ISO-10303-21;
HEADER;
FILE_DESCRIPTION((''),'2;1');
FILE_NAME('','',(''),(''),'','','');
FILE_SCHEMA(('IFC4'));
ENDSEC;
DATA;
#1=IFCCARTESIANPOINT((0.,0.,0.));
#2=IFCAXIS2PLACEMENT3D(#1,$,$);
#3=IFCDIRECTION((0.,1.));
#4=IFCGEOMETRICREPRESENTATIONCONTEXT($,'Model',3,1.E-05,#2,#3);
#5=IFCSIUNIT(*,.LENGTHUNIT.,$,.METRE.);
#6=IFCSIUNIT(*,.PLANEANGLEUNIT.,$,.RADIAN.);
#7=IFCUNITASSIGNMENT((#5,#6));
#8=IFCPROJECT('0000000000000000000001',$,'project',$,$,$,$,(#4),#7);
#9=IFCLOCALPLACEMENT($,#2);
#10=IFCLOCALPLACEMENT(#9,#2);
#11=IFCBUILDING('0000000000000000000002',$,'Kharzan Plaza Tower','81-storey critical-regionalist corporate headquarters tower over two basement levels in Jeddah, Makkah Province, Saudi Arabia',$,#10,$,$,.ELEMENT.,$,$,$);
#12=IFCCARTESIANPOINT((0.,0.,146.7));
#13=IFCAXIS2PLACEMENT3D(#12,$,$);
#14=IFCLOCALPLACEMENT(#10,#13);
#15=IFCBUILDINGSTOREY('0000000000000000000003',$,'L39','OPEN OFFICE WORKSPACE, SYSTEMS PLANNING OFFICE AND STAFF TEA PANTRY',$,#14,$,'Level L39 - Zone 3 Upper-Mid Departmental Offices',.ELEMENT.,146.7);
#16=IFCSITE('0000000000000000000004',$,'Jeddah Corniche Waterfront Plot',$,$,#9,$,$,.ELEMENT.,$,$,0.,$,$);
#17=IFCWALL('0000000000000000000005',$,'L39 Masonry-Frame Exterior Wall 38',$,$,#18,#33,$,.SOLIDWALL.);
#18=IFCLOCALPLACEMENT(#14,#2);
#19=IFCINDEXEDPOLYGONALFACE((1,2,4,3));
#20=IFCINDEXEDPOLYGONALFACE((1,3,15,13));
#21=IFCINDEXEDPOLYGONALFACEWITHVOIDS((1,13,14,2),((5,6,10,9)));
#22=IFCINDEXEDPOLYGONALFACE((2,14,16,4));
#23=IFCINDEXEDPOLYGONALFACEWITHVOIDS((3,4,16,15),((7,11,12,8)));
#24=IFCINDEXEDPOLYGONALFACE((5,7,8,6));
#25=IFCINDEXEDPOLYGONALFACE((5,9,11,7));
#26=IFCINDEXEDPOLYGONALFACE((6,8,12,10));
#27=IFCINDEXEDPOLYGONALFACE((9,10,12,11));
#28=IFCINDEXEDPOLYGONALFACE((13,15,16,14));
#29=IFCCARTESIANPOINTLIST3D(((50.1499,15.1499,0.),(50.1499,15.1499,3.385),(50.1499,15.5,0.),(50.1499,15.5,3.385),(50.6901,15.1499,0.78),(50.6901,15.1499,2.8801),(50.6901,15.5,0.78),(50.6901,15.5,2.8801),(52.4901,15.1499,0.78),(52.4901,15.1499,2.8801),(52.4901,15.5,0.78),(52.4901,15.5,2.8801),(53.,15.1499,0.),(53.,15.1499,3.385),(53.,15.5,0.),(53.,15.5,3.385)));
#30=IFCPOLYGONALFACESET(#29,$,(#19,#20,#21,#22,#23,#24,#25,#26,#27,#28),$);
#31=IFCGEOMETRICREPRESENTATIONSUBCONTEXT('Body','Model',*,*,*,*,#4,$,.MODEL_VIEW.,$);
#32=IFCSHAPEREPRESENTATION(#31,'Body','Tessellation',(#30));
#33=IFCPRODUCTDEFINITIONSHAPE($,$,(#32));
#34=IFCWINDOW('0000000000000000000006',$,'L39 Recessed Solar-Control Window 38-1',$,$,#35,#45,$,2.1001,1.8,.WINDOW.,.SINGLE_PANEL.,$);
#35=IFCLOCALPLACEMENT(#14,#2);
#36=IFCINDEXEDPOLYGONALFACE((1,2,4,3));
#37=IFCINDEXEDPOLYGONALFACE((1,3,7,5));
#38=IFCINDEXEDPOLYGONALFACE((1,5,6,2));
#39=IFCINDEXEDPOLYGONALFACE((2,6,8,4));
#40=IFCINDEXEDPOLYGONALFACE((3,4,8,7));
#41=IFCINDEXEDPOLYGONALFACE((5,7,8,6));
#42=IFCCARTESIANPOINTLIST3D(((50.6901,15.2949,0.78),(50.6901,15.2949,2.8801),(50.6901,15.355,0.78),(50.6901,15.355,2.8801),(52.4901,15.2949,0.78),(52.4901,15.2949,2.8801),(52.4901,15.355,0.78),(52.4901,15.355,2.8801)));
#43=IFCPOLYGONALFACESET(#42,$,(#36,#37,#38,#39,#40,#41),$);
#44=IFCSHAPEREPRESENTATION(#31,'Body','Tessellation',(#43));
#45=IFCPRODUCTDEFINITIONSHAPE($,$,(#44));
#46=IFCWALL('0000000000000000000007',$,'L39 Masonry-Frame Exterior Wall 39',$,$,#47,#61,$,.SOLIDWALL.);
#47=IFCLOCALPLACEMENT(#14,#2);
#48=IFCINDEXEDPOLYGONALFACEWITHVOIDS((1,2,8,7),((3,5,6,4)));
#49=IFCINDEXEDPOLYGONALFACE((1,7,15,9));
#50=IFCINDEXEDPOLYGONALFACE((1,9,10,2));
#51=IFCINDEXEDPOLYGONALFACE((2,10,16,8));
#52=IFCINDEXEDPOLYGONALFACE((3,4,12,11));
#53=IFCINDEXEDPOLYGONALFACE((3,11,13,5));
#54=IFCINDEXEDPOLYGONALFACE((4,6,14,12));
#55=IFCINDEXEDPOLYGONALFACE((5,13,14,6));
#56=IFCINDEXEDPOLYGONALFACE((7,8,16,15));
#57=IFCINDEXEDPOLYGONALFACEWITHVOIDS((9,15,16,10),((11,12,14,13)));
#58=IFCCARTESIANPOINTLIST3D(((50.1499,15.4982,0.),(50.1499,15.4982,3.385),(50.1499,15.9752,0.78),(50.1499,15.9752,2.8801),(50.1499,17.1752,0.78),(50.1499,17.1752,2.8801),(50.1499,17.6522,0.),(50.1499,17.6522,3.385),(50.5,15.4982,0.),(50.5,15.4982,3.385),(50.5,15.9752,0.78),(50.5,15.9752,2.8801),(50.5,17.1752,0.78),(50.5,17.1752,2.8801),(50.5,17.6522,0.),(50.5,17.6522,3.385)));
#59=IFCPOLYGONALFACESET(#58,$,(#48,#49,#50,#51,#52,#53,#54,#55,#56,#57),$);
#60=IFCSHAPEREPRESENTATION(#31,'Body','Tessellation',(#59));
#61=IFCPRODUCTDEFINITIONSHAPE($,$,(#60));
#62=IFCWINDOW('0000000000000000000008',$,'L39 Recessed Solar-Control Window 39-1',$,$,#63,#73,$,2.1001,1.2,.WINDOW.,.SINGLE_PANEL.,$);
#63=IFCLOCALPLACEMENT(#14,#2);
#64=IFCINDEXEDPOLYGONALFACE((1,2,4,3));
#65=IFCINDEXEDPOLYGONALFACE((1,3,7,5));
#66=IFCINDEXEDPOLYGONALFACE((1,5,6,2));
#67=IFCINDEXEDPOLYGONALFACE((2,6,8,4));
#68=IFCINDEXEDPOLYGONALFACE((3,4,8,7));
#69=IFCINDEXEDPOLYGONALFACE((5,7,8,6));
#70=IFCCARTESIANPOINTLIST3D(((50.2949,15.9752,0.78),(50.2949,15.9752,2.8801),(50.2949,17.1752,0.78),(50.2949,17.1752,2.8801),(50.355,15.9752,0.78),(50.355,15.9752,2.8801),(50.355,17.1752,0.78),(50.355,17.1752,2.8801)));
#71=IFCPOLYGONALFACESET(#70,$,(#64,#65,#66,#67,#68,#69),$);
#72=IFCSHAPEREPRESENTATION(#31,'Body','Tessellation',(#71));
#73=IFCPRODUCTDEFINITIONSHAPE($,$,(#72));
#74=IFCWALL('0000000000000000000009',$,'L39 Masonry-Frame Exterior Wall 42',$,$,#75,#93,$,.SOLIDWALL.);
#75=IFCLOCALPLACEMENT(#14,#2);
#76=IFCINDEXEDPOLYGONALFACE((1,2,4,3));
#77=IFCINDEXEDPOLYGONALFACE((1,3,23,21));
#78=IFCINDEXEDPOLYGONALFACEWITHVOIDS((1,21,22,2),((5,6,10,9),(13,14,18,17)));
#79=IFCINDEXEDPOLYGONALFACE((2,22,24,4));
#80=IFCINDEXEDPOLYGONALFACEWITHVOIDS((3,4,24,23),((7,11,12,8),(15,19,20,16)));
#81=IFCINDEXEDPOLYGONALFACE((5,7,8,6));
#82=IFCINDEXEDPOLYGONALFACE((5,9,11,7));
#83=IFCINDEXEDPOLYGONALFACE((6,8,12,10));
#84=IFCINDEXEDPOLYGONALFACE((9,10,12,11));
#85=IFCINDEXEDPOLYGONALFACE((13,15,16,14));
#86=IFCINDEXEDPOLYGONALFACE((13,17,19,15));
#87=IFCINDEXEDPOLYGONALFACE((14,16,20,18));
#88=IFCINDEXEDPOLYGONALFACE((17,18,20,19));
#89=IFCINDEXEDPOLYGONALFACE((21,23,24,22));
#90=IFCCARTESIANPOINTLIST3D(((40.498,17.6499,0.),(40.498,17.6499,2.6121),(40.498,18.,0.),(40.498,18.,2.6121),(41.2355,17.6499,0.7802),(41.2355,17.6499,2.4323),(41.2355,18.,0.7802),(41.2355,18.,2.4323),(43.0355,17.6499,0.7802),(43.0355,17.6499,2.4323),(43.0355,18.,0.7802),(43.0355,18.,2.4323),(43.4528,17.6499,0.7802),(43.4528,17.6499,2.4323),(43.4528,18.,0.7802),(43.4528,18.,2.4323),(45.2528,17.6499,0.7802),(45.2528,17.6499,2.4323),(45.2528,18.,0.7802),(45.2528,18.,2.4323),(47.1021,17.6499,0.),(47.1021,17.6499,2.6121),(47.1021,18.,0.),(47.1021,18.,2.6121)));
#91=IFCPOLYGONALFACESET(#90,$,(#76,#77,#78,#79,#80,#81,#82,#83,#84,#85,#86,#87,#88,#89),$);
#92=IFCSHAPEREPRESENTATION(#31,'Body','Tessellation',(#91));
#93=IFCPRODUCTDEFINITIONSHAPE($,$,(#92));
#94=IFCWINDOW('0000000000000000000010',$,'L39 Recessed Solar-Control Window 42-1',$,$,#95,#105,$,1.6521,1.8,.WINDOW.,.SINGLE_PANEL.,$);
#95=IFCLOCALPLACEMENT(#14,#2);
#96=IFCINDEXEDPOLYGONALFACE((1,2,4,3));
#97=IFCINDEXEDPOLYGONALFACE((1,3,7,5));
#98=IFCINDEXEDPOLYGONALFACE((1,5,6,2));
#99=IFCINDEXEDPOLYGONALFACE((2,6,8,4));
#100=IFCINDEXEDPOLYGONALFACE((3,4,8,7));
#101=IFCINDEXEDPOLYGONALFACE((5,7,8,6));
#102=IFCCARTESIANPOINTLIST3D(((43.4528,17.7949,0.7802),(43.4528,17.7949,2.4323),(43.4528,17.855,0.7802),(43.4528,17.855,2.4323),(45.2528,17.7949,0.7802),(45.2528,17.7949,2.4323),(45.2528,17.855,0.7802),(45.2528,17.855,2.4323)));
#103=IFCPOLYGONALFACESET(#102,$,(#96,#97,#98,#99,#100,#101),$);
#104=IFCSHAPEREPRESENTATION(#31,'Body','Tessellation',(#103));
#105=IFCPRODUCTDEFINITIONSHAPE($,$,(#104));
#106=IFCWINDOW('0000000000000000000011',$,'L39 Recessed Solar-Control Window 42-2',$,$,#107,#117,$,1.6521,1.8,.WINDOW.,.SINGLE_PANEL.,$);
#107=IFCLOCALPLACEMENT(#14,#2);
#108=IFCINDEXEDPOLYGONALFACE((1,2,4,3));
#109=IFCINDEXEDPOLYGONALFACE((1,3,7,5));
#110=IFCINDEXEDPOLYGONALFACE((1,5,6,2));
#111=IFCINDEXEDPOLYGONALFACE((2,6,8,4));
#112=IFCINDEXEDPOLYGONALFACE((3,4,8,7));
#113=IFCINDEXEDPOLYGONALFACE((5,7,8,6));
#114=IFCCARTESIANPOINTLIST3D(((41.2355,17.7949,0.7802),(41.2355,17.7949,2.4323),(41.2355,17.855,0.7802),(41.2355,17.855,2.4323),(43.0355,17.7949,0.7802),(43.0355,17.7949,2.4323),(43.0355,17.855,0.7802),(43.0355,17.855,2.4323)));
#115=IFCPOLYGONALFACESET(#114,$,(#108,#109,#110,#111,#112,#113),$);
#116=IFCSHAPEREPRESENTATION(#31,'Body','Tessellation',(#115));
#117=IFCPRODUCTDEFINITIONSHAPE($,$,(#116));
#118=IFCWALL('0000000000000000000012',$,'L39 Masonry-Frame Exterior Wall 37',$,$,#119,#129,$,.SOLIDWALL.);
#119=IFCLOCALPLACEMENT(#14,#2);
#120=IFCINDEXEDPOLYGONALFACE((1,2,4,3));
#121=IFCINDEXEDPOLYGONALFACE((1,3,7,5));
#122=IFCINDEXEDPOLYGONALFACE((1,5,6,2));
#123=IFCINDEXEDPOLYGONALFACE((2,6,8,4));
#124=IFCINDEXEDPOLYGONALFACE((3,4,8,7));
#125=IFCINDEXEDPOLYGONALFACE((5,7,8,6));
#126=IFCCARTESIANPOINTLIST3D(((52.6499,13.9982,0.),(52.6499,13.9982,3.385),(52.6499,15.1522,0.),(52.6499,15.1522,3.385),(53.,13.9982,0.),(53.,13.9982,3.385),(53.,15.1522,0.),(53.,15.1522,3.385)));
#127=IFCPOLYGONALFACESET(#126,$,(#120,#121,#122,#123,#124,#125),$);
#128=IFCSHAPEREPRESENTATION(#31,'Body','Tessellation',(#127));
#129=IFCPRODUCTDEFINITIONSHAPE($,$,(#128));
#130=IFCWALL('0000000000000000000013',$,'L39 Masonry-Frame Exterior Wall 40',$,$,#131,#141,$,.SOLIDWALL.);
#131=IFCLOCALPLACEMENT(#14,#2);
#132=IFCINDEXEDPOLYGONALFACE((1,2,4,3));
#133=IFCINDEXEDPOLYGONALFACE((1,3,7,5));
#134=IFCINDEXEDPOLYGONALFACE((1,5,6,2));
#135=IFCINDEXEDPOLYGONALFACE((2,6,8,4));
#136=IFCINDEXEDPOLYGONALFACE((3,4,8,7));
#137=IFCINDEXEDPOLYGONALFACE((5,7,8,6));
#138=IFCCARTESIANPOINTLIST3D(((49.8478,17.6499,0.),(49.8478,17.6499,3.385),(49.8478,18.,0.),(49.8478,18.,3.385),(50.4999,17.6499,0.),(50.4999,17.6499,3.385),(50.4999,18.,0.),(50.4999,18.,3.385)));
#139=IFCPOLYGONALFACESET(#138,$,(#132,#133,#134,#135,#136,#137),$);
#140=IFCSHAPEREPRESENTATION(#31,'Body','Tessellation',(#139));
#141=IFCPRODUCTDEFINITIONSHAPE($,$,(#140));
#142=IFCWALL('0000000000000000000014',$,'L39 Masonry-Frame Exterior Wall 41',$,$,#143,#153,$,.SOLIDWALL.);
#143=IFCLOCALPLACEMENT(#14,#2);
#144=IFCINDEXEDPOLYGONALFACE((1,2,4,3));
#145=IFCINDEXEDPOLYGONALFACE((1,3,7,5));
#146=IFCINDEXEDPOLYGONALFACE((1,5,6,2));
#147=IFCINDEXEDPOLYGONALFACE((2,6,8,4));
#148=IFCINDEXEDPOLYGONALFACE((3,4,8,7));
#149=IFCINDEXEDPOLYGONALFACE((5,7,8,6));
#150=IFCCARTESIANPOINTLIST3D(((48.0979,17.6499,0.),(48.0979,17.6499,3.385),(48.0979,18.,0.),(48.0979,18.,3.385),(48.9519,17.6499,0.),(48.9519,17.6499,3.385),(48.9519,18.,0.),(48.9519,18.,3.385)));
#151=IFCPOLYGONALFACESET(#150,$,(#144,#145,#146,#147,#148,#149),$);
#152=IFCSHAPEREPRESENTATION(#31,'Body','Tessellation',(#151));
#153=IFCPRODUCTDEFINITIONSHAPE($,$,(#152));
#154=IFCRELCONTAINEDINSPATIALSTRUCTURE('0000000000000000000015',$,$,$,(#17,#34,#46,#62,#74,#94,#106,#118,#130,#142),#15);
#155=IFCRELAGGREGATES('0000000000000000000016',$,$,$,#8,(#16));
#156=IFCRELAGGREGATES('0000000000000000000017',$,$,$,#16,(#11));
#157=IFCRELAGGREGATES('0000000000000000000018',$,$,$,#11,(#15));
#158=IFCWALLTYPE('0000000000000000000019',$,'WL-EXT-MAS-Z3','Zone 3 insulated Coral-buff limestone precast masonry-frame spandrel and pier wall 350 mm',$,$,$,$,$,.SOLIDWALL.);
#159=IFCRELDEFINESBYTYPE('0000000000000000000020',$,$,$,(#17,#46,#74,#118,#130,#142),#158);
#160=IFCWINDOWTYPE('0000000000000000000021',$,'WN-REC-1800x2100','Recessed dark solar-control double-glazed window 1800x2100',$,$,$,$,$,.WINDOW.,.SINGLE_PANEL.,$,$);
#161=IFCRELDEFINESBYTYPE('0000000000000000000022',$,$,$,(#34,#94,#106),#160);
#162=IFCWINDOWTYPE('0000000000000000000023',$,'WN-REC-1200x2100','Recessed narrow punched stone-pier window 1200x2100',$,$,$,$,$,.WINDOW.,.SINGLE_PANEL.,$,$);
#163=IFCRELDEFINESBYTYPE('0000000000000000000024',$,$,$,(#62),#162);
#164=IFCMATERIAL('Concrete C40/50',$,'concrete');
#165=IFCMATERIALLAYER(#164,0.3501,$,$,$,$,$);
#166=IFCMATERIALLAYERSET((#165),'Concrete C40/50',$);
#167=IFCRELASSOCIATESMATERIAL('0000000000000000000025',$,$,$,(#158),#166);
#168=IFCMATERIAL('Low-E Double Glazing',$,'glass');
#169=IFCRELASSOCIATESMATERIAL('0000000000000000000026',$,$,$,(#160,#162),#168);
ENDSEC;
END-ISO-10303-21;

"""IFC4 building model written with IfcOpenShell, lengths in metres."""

from ifc_helpers import new_model, si_unit, direction, frame, frame_2d, origin, place, context, subcontext, project, spatial, rectangle, extrude, source, transform, mapped, material, layer, layer_set, type_object, element, fill, save


model = new_model("IFC4")

# Units and contexts
model_context = context("Model", 3, precision=1e-05, world=origin(), true_north=direction((0.0, 1.0)))
body_context = subcontext(model_context, "Body", "Model", "MODEL_VIEW")
ifc_project = project(units=[si_unit("LENGTHUNIT", "METRE"), si_unit("PLANEANGLEUNIT", "RADIAN")], contexts=[model_context])

# Site, building, storey
site_placement = place(None, origin())
site = spatial("IfcSite", under=ifc_project, at=site_placement, Name="Jeddah Corniche Waterfront Plot", CompositionType="ELEMENT", RefElevation=0.0)
building_placement = place(site_placement, origin())
building = spatial("IfcBuilding", under=site, at=building_placement, Name="Kharzan Plaza Tower", Description="81-storey critical-regionalist corporate headquarters tower over two basement levels in Jeddah, Makkah Province, Saudi Arabia", CompositionType="ELEMENT")
storey_placement = place(building_placement, frame((0.0, 0.0, 146.7)))
storey = spatial("IfcBuildingStorey", under=building, at=storey_placement, Name="L39", Description="OPEN OFFICE WORKSPACE, SYSTEMS PLANNING OFFICE AND STAFF TEA PANTRY", LongName="Level L39 - Zone 3 Upper-Mid Departmental Offices", CompositionType="ELEMENT", Elevation=146.7)

# Walls, openings, windows
ifc_material_1 = material(Name="Concrete C40/50", Category="concrete")
ifc_layer_1 = layer(ifc_material_1, 0.3501)
ifc_layer_set_1 = layer_set([ifc_layer_1], Name="Concrete C40/50")
wall_type_1 = type_object("IfcWallType", Name="WL-EXT-MAS-Z3", Description="Zone 3 insulated Coral-buff limestone precast masonry-frame spandrel and pier wall 350 mm", PredefinedType="SOLIDWALL", material=ifc_layer_set_1)
wall_1_placement = place(storey_placement, frame((53.0, 15.325, 0.0), z_axis=(0.0, 0.0, 1.0), x_axis=(-1.0, 0.0, 0.0)))
wall_1 = element("IfcWall", 1, at=wall_1_placement, inside=storey, type_object=wall_type_1, Name="L39 Masonry-Frame Exterior Wall 38", PredefinedType="SOLIDWALL", context=body_context, shape_type="SweptSolid", body=[
    extrude(rectangle(XDim=2.8501, YDim=0.3501, at=frame_2d((1.425, 0.0))), origin(), (0.0, 0.0, 1.0), 3.385),
])
opening_1_placement = place(wall_1_placement, frame((0.51, 0.0, 0.78)))
opening_1 = element("IfcOpeningElement", 2, at=opening_1_placement, cuts=wall_1, PredefinedType="OPENING", context=body_context, shape_type="SweptSolid", body=[
    extrude(rectangle(XDim=1.8, YDim=2.1001, at=frame_2d((0.8999, 1.05))), frame((0.0, 0.1851, 0.0), z_axis=(0.0, -1.0, 0.0), x_axis=(1.0, 0.0, 0.0)), (0.0, 0.0, 1.0), 0.3701),
])
ifc_material_2 = material(Name="Low-E Double Glazing", Category="glass")
window_type_1 = type_object("IfcWindowType", Name="WN-REC-1800x2100", Description="Recessed dark solar-control double-glazed window 1800x2100", PartitioningType="SINGLE_PANEL", PredefinedType="WINDOW", material=ifc_material_2)
shared_shape_1 = source(origin(), body_context, "Body", "SweptSolid", [
    extrude(rectangle(XDim=1.8, YDim=2.1001, at=frame_2d((0.8999, 1.05))), frame((0.0, 0.03, 0.0), z_axis=(0.0, -1.0, 0.0), x_axis=(1.0, 0.0, 0.0)), (0.0, 0.0, 1.0), 0.0601),
])
window_1_placement = place(opening_1_placement, origin())
window_1 = element("IfcWindow", 3, at=window_1_placement, inside=storey, type_object=window_type_1, Name="L39 Recessed Solar-Control Window 38-1", OverallHeight=2.1001, OverallWidth=1.8, PartitioningType="SINGLE_PANEL", PredefinedType="WINDOW", context=body_context, shape_type="MappedRepresentation", body=[
    mapped(shared_shape_1, transform((0.0, 0.0, 0.0), x_axis=(1.0, 0.0, 0.0), y_axis=(0.0, 1.0, 0.0), z_axis=(0.0, 0.0, 1.0))),
])
fill(opening_1, window_1)
wall_2_placement = place(storey_placement, frame((50.325, 15.498, 0.0), z_axis=(0.0, 0.0, 1.0), x_axis=(0.0, 1.0, 0.0)))
wall_2 = element("IfcWall", 4, at=wall_2_placement, inside=storey, type_object=wall_type_1, Name="L39 Masonry-Frame Exterior Wall 39", PredefinedType="SOLIDWALL", context=body_context, shape_type="SweptSolid", body=[
    extrude(rectangle(XDim=2.1541, YDim=0.3501, at=frame_2d((1.0771, 0.0))), origin(), (0.0, 0.0, 1.0), 3.385),
])
opening_2_placement = place(wall_2_placement, frame((0.4771, 0.0, 0.78)))
opening_2 = element("IfcOpeningElement", 5, at=opening_2_placement, cuts=wall_2, PredefinedType="OPENING", context=body_context, shape_type="SweptSolid", body=[
    extrude(rectangle(XDim=1.2, YDim=2.1001, at=frame_2d((0.6001, 1.05))), frame((0.0, 0.1851, 0.0), z_axis=(0.0, -1.0, 0.0), x_axis=(1.0, 0.0, 0.0)), (0.0, 0.0, 1.0), 0.3701),
])
window_type_2 = type_object("IfcWindowType", Name="WN-REC-1200x2100", Description="Recessed narrow punched stone-pier window 1200x2100", PartitioningType="SINGLE_PANEL", PredefinedType="WINDOW", material=ifc_material_2)
shared_shape_2 = source(origin(), body_context, "Body", "SweptSolid", [
    extrude(rectangle(XDim=1.2, YDim=2.1001, at=frame_2d((0.6001, 1.05))), frame((0.0, 0.03, 0.0), z_axis=(0.0, -1.0, 0.0), x_axis=(1.0, 0.0, 0.0)), (0.0, 0.0, 1.0), 0.0601),
])
window_2_placement = place(opening_2_placement, origin())
window_2 = element("IfcWindow", 6, at=window_2_placement, inside=storey, type_object=window_type_2, Name="L39 Recessed Solar-Control Window 39-1", OverallHeight=2.1001, OverallWidth=1.2, PartitioningType="SINGLE_PANEL", PredefinedType="WINDOW", context=body_context, shape_type="MappedRepresentation", body=[
    mapped(shared_shape_2, transform((0.0, 0.0, 0.0), x_axis=(1.0, 0.0, 0.0), y_axis=(0.0, 1.0, 0.0), z_axis=(0.0, 0.0, 1.0))),
])
fill(opening_2, window_2)

# Wall, openings, windows
wall_3_placement = place(storey_placement, frame((47.1021, 17.825, 0.0), z_axis=(0.0, 0.0, 1.0), x_axis=(-1.0, 0.0, 0.0)))
wall_3 = element("IfcWall", 7, at=wall_3_placement, inside=storey, type_object=wall_type_1, Name="L39 Masonry-Frame Exterior Wall 42", PredefinedType="SOLIDWALL", context=body_context, shape_type="SweptSolid", body=[
    extrude(rectangle(XDim=6.604, YDim=0.3501, at=frame_2d((3.302, 0.0))), origin(), (0.0, 0.0, 1.0), 2.6121),
])
opening_3_placement = place(wall_3_placement, frame((1.8494, 0.0, 0.78)))
opening_3 = element("IfcOpeningElement", 8, at=opening_3_placement, cuts=wall_3, PredefinedType="OPENING", context=body_context, shape_type="SweptSolid", body=[
    extrude(rectangle(XDim=1.8, YDim=1.6521, at=frame_2d((0.8999, 0.8262))), frame((0.0, 0.1851, 0.0), z_axis=(0.0, -1.0, 0.0), x_axis=(1.0, 0.0, 0.0)), (0.0, 0.0, 1.0), 0.3701),
])
opening_4_placement = place(wall_3_placement, frame((4.0667, 0.0, 0.78)))
opening_4 = element("IfcOpeningElement", 9, at=opening_4_placement, cuts=wall_3, PredefinedType="OPENING", context=body_context, shape_type="SweptSolid", body=[
    extrude(rectangle(XDim=1.8, YDim=1.6521, at=frame_2d((0.8999, 0.8262))), frame((0.0, 0.1851, 0.0), z_axis=(0.0, -1.0, 0.0), x_axis=(1.0, 0.0, 0.0)), (0.0, 0.0, 1.0), 0.3701),
])
shared_shape_3 = source(origin(), body_context, "Body", "SweptSolid", [
    extrude(rectangle(XDim=1.8, YDim=1.6521, at=frame_2d((0.8999, 0.8262))), frame((0.0, 0.03, 0.0), z_axis=(0.0, -1.0, 0.0), x_axis=(1.0, 0.0, 0.0)), (0.0, 0.0, 1.0), 0.0601),
])
window_3_placement = place(opening_3_placement, origin())
window_3 = element("IfcWindow", 10, at=window_3_placement, inside=storey, type_object=window_type_1, Name="L39 Recessed Solar-Control Window 42-1", OverallHeight=1.6521, OverallWidth=1.8, PartitioningType="SINGLE_PANEL", PredefinedType="WINDOW", context=body_context, shape_type="MappedRepresentation", body=[
    mapped(shared_shape_3, transform((0.0, 0.0, 0.0), x_axis=(1.0, 0.0, 0.0), y_axis=(0.0, 1.0, 0.0), z_axis=(0.0, 0.0, 1.0))),
])
fill(opening_3, window_3)
window_4_placement = place(opening_4_placement, origin())
window_4 = element("IfcWindow", 11, at=window_4_placement, inside=storey, type_object=window_type_1, Name="L39 Recessed Solar-Control Window 42-2", OverallHeight=1.6521, OverallWidth=1.8, PartitioningType="SINGLE_PANEL", PredefinedType="WINDOW", context=body_context, shape_type="MappedRepresentation", body=[
    mapped(shared_shape_3, transform((0.0, 0.0, 0.0), x_axis=(1.0, 0.0, 0.0), y_axis=(0.0, 1.0, 0.0), z_axis=(0.0, 0.0, 1.0))),
])
fill(opening_4, window_4)

# Walls
shared_shape_4 = source(origin(), body_context, "Body", "SweptSolid", [
    extrude(rectangle(XDim=1.1541, YDim=0.3501, at=frame_2d((0.5771, 0.0))), origin(), (0.0, 0.0, 1.0), 3.385),
])
wall_4_placement = place(storey_placement, frame((52.825, 13.998, 0.0), z_axis=(0.0, 0.0, 1.0), x_axis=(0.0, 1.0, 0.0)))
element("IfcWall", 12, at=wall_4_placement, inside=storey, type_object=wall_type_1, Name="L39 Masonry-Frame Exterior Wall 37", PredefinedType="SOLIDWALL", context=body_context, shape_type="MappedRepresentation", body=[
    mapped(shared_shape_4, transform((0.0, 0.0, 0.0), x_axis=(1.0, 0.0, 0.0), y_axis=(0.0, 1.0, 0.0), z_axis=(0.0, 0.0, 1.0))),
])
shared_shape_5 = source(origin(), body_context, "Body", "SweptSolid", [
    extrude(rectangle(XDim=0.6521, YDim=0.3501, at=frame_2d((0.3262, 0.0))), origin(), (0.0, 0.0, 1.0), 3.385),
])
wall_5_placement = place(storey_placement, frame((50.5, 17.825, 0.0), z_axis=(0.0, 0.0, 1.0), x_axis=(-1.0, 0.0, 0.0)))
element("IfcWall", 13, at=wall_5_placement, inside=storey, type_object=wall_type_1, Name="L39 Masonry-Frame Exterior Wall 40", PredefinedType="SOLIDWALL", context=body_context, shape_type="MappedRepresentation", body=[
    mapped(shared_shape_5, transform((0.0, 0.0, 0.0), x_axis=(1.0, 0.0, 0.0), y_axis=(0.0, 1.0, 0.0), z_axis=(0.0, 0.0, 1.0))),
])
shared_shape_6 = source(origin(), body_context, "Body", "SweptSolid", [
    extrude(rectangle(XDim=0.854, YDim=0.3501, at=frame_2d((0.427, 0.0))), origin(), (0.0, 0.0, 1.0), 3.385),
])
wall_6_placement = place(storey_placement, frame((48.9519, 17.825, 0.0), z_axis=(0.0, 0.0, 1.0), x_axis=(-1.0, 0.0, 0.0)))
element("IfcWall", 14, at=wall_6_placement, inside=storey, type_object=wall_type_1, Name="L39 Masonry-Frame Exterior Wall 41", PredefinedType="SOLIDWALL", context=body_context, shape_type="MappedRepresentation", body=[
    mapped(shared_shape_6, transform((0.0, 0.0, 0.0), x_axis=(1.0, 0.0, 0.0), y_axis=(0.0, 1.0, 0.0), z_axis=(0.0, 0.0, 1.0))),
])

save(model, "model.ifc")
